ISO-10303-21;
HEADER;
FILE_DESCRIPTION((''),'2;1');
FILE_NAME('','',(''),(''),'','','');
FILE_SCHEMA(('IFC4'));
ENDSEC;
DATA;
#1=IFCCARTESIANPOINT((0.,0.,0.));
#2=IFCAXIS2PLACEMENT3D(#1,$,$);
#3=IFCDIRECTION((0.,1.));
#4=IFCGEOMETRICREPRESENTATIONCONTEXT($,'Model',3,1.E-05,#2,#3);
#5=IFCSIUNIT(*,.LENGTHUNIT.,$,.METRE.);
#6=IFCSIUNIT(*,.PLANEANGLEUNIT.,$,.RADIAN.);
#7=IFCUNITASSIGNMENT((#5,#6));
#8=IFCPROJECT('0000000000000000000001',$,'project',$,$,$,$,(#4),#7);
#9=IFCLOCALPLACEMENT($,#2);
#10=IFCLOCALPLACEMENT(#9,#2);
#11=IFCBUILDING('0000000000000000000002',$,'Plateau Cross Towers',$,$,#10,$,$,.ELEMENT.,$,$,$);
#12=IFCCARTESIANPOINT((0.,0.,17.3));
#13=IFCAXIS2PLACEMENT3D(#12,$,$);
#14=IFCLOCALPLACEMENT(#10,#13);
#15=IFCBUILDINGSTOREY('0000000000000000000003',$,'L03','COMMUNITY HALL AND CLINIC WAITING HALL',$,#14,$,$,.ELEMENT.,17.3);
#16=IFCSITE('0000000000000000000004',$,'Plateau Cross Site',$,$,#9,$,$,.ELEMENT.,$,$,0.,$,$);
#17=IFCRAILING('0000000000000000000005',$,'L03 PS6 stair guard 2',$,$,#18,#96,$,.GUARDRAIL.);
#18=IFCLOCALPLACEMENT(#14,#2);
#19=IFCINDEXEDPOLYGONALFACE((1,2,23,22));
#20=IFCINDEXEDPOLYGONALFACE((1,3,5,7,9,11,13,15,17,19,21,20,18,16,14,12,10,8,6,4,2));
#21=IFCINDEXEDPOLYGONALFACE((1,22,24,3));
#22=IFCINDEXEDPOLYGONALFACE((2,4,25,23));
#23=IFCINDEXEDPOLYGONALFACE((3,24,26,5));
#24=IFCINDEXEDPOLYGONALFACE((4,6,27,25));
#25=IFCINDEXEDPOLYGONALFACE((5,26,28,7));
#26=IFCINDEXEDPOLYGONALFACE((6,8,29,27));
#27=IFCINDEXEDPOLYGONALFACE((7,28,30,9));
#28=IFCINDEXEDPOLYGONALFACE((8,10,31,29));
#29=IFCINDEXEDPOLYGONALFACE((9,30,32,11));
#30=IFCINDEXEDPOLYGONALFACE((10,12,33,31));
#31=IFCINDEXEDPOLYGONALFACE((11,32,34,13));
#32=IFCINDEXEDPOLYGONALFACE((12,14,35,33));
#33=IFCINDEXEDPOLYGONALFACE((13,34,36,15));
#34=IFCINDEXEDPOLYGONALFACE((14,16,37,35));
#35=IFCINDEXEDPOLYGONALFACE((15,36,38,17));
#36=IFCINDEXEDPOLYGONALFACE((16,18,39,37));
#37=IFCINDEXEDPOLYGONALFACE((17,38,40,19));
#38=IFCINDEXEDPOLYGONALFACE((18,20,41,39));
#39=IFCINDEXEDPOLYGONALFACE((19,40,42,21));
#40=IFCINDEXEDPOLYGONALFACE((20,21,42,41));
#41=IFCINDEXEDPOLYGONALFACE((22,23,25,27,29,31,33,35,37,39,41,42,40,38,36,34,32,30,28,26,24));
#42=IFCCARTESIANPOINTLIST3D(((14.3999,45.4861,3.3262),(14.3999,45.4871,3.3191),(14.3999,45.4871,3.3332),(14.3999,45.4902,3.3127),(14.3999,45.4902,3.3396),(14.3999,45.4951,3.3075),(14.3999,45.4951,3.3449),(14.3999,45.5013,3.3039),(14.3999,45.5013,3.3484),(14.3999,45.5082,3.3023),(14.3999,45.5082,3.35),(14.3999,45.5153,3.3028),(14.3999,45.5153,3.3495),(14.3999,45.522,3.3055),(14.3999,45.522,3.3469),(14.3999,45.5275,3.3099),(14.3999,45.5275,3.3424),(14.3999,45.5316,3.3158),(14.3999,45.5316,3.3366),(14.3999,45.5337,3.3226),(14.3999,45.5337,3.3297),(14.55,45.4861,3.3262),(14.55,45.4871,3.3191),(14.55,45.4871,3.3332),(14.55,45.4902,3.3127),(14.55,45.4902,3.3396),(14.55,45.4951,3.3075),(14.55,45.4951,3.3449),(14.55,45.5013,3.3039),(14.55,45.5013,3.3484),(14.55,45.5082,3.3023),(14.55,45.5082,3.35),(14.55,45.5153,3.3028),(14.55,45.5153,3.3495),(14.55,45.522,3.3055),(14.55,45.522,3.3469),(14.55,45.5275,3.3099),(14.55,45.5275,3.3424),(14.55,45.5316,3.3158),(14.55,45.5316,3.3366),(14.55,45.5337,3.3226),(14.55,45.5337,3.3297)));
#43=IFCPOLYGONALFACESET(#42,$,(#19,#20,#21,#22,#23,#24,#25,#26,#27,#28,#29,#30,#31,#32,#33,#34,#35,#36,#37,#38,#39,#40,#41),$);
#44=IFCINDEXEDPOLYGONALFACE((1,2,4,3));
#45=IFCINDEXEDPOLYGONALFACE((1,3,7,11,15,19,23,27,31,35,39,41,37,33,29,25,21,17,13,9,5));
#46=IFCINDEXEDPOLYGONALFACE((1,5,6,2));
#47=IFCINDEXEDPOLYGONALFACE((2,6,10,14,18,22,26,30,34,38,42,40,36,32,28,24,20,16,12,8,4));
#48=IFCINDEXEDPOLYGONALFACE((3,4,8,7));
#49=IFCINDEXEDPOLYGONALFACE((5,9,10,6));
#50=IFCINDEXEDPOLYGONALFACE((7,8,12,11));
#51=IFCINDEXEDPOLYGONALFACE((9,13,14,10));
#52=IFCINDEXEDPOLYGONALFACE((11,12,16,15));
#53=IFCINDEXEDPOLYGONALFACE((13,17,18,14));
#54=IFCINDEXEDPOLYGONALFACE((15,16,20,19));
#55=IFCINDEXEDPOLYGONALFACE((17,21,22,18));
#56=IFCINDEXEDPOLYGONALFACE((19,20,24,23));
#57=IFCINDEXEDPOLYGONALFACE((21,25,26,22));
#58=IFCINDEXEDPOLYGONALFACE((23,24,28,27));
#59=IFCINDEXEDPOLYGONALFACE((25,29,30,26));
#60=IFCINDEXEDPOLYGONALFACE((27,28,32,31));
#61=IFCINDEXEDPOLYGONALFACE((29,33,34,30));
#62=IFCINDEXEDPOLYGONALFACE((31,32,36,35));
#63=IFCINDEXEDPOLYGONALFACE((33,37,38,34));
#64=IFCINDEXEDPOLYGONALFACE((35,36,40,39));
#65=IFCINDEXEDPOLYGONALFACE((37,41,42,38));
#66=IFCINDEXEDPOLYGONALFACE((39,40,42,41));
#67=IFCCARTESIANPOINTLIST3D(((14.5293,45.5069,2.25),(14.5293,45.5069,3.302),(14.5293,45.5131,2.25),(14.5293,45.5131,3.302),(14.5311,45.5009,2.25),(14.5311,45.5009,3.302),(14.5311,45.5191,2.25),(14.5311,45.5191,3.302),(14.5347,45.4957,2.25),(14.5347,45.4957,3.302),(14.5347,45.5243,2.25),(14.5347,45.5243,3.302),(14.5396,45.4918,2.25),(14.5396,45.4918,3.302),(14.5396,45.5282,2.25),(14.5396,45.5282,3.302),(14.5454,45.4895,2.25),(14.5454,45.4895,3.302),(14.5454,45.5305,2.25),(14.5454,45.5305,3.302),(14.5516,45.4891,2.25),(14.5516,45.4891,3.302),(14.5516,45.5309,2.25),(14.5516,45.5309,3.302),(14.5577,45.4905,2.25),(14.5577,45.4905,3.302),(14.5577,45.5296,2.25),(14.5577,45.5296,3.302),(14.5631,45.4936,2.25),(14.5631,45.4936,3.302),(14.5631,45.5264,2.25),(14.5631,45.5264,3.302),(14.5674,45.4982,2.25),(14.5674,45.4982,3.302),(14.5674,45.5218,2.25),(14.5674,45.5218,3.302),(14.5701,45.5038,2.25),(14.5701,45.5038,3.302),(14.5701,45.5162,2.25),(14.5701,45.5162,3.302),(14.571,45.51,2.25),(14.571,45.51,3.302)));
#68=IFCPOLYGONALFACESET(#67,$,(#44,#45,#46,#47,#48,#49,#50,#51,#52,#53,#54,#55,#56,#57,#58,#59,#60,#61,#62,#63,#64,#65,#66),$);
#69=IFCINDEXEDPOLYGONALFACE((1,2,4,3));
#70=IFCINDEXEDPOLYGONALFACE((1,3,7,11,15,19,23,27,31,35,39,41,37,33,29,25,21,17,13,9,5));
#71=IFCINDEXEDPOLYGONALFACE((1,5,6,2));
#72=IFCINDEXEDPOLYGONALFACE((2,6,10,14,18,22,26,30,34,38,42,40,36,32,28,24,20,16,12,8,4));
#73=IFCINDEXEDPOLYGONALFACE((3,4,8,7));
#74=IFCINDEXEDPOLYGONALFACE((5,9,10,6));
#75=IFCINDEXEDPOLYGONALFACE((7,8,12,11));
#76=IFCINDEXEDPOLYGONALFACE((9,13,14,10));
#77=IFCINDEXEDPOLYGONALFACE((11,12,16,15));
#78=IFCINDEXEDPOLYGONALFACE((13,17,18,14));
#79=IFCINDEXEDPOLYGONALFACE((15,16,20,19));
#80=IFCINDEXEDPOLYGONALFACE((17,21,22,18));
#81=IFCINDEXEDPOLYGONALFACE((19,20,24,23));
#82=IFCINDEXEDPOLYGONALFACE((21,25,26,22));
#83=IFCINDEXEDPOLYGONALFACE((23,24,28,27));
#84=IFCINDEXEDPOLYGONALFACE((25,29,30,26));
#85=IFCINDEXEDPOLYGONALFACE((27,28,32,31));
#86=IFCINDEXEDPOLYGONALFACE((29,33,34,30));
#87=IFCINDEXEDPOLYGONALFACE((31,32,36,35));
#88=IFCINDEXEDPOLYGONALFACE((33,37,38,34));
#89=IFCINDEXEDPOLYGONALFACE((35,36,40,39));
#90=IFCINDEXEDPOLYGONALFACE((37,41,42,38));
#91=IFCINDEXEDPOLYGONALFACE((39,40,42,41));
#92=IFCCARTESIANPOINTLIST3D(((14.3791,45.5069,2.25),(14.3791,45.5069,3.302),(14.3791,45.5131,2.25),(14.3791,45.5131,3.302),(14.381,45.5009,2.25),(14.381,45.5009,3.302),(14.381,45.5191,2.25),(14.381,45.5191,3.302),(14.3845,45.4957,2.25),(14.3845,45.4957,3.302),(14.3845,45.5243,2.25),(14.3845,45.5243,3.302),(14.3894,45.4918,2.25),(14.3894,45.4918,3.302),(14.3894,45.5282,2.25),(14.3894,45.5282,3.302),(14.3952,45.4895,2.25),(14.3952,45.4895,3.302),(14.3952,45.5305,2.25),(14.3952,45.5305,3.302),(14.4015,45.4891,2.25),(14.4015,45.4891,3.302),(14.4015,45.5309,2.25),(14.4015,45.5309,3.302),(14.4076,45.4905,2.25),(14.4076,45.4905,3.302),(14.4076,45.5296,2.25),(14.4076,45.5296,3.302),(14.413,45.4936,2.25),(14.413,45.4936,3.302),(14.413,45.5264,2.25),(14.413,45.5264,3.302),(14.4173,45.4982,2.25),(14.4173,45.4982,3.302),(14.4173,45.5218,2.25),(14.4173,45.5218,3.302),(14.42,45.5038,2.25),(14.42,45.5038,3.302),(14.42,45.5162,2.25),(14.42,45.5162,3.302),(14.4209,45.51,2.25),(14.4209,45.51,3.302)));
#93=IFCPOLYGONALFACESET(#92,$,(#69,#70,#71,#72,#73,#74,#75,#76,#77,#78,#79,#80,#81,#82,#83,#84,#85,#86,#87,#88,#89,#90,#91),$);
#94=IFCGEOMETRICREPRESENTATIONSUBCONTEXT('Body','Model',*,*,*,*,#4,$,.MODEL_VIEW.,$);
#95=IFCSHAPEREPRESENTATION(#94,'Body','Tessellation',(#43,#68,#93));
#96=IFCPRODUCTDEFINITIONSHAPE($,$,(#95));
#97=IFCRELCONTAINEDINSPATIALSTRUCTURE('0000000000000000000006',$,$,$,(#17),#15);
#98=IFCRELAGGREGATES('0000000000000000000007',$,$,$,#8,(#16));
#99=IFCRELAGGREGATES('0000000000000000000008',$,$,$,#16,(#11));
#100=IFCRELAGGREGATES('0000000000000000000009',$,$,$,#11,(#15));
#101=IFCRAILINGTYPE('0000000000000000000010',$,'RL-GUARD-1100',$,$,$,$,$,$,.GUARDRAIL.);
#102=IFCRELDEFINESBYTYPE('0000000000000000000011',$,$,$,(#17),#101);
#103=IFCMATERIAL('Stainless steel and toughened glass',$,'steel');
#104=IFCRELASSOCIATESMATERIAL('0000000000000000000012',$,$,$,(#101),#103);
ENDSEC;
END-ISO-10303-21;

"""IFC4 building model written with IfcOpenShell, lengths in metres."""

from ifc_helpers import new_model, si_unit, direction, frame, origin, origin_2d, place, context, subcontext, project, spatial, circle, extrude, material, type_object, element, save


model = new_model("IFC4")

# Units and contexts
model_context = context("Model", 3, precision=1e-05, world=origin(), true_north=direction((0.0, 1.0)))
body_context = subcontext(model_context, "Body", "Model", "MODEL_VIEW")
ifc_project = project(units=[si_unit("LENGTHUNIT", "METRE"), si_unit("PLANEANGLEUNIT", "RADIAN")], contexts=[model_context])

# Site, building, storey
site_placement = place(None, origin())
site = spatial("IfcSite", under=ifc_project, at=site_placement, Name="Plateau Cross Site", CompositionType="ELEMENT", RefElevation=0.0)
building_placement = place(site_placement, origin())
building = spatial("IfcBuilding", under=site, at=building_placement, Name="Plateau Cross Towers", CompositionType="ELEMENT")
storey_placement = place(building_placement, frame((0.0, 0.0, 17.3)))
storey = spatial("IfcBuildingStorey", under=building, at=storey_placement, Name="L03", Description="COMMUNITY HALL AND CLINIC WAITING HALL", CompositionType="ELEMENT", Elevation=17.3)

# Railing
ifc_material_1 = material(Name="Stainless steel and toughened glass", Category="steel")
railing_type_1 = type_object("IfcRailingType", Name="RL-GUARD-1100", PredefinedType="GUARDRAIL", material=ifc_material_1)
railing_1_placement = place(storey_placement, frame((14.55, 45.51, 2.25)))
element("IfcRailing", 1, at=railing_1_placement, inside=storey, type_object=railing_type_1, Name="L03 PS6 stair guard 2", PredefinedType="GUARDRAIL", context=body_context, shape_type="SweptSolid", body=[
    extrude(circle(Radius=0.0239, at=origin_2d()), frame((0.0, 0.0, 1.0762), z_axis=(-1.0, 0.0, 0.0), x_axis=(0.0, -1.0, 0.0)), (0.0, 0.0, 1.0), 0.1501),
    extrude(circle(Radius=0.021, at=origin_2d()), origin(), (0.0, 0.0, 1.0), 1.052),
    extrude(circle(Radius=0.021, at=origin_2d()), frame((-0.1501, 0.0, 0.0)), (0.0, 0.0, 1.0), 1.052),
])

save(model, "model.ifc")
